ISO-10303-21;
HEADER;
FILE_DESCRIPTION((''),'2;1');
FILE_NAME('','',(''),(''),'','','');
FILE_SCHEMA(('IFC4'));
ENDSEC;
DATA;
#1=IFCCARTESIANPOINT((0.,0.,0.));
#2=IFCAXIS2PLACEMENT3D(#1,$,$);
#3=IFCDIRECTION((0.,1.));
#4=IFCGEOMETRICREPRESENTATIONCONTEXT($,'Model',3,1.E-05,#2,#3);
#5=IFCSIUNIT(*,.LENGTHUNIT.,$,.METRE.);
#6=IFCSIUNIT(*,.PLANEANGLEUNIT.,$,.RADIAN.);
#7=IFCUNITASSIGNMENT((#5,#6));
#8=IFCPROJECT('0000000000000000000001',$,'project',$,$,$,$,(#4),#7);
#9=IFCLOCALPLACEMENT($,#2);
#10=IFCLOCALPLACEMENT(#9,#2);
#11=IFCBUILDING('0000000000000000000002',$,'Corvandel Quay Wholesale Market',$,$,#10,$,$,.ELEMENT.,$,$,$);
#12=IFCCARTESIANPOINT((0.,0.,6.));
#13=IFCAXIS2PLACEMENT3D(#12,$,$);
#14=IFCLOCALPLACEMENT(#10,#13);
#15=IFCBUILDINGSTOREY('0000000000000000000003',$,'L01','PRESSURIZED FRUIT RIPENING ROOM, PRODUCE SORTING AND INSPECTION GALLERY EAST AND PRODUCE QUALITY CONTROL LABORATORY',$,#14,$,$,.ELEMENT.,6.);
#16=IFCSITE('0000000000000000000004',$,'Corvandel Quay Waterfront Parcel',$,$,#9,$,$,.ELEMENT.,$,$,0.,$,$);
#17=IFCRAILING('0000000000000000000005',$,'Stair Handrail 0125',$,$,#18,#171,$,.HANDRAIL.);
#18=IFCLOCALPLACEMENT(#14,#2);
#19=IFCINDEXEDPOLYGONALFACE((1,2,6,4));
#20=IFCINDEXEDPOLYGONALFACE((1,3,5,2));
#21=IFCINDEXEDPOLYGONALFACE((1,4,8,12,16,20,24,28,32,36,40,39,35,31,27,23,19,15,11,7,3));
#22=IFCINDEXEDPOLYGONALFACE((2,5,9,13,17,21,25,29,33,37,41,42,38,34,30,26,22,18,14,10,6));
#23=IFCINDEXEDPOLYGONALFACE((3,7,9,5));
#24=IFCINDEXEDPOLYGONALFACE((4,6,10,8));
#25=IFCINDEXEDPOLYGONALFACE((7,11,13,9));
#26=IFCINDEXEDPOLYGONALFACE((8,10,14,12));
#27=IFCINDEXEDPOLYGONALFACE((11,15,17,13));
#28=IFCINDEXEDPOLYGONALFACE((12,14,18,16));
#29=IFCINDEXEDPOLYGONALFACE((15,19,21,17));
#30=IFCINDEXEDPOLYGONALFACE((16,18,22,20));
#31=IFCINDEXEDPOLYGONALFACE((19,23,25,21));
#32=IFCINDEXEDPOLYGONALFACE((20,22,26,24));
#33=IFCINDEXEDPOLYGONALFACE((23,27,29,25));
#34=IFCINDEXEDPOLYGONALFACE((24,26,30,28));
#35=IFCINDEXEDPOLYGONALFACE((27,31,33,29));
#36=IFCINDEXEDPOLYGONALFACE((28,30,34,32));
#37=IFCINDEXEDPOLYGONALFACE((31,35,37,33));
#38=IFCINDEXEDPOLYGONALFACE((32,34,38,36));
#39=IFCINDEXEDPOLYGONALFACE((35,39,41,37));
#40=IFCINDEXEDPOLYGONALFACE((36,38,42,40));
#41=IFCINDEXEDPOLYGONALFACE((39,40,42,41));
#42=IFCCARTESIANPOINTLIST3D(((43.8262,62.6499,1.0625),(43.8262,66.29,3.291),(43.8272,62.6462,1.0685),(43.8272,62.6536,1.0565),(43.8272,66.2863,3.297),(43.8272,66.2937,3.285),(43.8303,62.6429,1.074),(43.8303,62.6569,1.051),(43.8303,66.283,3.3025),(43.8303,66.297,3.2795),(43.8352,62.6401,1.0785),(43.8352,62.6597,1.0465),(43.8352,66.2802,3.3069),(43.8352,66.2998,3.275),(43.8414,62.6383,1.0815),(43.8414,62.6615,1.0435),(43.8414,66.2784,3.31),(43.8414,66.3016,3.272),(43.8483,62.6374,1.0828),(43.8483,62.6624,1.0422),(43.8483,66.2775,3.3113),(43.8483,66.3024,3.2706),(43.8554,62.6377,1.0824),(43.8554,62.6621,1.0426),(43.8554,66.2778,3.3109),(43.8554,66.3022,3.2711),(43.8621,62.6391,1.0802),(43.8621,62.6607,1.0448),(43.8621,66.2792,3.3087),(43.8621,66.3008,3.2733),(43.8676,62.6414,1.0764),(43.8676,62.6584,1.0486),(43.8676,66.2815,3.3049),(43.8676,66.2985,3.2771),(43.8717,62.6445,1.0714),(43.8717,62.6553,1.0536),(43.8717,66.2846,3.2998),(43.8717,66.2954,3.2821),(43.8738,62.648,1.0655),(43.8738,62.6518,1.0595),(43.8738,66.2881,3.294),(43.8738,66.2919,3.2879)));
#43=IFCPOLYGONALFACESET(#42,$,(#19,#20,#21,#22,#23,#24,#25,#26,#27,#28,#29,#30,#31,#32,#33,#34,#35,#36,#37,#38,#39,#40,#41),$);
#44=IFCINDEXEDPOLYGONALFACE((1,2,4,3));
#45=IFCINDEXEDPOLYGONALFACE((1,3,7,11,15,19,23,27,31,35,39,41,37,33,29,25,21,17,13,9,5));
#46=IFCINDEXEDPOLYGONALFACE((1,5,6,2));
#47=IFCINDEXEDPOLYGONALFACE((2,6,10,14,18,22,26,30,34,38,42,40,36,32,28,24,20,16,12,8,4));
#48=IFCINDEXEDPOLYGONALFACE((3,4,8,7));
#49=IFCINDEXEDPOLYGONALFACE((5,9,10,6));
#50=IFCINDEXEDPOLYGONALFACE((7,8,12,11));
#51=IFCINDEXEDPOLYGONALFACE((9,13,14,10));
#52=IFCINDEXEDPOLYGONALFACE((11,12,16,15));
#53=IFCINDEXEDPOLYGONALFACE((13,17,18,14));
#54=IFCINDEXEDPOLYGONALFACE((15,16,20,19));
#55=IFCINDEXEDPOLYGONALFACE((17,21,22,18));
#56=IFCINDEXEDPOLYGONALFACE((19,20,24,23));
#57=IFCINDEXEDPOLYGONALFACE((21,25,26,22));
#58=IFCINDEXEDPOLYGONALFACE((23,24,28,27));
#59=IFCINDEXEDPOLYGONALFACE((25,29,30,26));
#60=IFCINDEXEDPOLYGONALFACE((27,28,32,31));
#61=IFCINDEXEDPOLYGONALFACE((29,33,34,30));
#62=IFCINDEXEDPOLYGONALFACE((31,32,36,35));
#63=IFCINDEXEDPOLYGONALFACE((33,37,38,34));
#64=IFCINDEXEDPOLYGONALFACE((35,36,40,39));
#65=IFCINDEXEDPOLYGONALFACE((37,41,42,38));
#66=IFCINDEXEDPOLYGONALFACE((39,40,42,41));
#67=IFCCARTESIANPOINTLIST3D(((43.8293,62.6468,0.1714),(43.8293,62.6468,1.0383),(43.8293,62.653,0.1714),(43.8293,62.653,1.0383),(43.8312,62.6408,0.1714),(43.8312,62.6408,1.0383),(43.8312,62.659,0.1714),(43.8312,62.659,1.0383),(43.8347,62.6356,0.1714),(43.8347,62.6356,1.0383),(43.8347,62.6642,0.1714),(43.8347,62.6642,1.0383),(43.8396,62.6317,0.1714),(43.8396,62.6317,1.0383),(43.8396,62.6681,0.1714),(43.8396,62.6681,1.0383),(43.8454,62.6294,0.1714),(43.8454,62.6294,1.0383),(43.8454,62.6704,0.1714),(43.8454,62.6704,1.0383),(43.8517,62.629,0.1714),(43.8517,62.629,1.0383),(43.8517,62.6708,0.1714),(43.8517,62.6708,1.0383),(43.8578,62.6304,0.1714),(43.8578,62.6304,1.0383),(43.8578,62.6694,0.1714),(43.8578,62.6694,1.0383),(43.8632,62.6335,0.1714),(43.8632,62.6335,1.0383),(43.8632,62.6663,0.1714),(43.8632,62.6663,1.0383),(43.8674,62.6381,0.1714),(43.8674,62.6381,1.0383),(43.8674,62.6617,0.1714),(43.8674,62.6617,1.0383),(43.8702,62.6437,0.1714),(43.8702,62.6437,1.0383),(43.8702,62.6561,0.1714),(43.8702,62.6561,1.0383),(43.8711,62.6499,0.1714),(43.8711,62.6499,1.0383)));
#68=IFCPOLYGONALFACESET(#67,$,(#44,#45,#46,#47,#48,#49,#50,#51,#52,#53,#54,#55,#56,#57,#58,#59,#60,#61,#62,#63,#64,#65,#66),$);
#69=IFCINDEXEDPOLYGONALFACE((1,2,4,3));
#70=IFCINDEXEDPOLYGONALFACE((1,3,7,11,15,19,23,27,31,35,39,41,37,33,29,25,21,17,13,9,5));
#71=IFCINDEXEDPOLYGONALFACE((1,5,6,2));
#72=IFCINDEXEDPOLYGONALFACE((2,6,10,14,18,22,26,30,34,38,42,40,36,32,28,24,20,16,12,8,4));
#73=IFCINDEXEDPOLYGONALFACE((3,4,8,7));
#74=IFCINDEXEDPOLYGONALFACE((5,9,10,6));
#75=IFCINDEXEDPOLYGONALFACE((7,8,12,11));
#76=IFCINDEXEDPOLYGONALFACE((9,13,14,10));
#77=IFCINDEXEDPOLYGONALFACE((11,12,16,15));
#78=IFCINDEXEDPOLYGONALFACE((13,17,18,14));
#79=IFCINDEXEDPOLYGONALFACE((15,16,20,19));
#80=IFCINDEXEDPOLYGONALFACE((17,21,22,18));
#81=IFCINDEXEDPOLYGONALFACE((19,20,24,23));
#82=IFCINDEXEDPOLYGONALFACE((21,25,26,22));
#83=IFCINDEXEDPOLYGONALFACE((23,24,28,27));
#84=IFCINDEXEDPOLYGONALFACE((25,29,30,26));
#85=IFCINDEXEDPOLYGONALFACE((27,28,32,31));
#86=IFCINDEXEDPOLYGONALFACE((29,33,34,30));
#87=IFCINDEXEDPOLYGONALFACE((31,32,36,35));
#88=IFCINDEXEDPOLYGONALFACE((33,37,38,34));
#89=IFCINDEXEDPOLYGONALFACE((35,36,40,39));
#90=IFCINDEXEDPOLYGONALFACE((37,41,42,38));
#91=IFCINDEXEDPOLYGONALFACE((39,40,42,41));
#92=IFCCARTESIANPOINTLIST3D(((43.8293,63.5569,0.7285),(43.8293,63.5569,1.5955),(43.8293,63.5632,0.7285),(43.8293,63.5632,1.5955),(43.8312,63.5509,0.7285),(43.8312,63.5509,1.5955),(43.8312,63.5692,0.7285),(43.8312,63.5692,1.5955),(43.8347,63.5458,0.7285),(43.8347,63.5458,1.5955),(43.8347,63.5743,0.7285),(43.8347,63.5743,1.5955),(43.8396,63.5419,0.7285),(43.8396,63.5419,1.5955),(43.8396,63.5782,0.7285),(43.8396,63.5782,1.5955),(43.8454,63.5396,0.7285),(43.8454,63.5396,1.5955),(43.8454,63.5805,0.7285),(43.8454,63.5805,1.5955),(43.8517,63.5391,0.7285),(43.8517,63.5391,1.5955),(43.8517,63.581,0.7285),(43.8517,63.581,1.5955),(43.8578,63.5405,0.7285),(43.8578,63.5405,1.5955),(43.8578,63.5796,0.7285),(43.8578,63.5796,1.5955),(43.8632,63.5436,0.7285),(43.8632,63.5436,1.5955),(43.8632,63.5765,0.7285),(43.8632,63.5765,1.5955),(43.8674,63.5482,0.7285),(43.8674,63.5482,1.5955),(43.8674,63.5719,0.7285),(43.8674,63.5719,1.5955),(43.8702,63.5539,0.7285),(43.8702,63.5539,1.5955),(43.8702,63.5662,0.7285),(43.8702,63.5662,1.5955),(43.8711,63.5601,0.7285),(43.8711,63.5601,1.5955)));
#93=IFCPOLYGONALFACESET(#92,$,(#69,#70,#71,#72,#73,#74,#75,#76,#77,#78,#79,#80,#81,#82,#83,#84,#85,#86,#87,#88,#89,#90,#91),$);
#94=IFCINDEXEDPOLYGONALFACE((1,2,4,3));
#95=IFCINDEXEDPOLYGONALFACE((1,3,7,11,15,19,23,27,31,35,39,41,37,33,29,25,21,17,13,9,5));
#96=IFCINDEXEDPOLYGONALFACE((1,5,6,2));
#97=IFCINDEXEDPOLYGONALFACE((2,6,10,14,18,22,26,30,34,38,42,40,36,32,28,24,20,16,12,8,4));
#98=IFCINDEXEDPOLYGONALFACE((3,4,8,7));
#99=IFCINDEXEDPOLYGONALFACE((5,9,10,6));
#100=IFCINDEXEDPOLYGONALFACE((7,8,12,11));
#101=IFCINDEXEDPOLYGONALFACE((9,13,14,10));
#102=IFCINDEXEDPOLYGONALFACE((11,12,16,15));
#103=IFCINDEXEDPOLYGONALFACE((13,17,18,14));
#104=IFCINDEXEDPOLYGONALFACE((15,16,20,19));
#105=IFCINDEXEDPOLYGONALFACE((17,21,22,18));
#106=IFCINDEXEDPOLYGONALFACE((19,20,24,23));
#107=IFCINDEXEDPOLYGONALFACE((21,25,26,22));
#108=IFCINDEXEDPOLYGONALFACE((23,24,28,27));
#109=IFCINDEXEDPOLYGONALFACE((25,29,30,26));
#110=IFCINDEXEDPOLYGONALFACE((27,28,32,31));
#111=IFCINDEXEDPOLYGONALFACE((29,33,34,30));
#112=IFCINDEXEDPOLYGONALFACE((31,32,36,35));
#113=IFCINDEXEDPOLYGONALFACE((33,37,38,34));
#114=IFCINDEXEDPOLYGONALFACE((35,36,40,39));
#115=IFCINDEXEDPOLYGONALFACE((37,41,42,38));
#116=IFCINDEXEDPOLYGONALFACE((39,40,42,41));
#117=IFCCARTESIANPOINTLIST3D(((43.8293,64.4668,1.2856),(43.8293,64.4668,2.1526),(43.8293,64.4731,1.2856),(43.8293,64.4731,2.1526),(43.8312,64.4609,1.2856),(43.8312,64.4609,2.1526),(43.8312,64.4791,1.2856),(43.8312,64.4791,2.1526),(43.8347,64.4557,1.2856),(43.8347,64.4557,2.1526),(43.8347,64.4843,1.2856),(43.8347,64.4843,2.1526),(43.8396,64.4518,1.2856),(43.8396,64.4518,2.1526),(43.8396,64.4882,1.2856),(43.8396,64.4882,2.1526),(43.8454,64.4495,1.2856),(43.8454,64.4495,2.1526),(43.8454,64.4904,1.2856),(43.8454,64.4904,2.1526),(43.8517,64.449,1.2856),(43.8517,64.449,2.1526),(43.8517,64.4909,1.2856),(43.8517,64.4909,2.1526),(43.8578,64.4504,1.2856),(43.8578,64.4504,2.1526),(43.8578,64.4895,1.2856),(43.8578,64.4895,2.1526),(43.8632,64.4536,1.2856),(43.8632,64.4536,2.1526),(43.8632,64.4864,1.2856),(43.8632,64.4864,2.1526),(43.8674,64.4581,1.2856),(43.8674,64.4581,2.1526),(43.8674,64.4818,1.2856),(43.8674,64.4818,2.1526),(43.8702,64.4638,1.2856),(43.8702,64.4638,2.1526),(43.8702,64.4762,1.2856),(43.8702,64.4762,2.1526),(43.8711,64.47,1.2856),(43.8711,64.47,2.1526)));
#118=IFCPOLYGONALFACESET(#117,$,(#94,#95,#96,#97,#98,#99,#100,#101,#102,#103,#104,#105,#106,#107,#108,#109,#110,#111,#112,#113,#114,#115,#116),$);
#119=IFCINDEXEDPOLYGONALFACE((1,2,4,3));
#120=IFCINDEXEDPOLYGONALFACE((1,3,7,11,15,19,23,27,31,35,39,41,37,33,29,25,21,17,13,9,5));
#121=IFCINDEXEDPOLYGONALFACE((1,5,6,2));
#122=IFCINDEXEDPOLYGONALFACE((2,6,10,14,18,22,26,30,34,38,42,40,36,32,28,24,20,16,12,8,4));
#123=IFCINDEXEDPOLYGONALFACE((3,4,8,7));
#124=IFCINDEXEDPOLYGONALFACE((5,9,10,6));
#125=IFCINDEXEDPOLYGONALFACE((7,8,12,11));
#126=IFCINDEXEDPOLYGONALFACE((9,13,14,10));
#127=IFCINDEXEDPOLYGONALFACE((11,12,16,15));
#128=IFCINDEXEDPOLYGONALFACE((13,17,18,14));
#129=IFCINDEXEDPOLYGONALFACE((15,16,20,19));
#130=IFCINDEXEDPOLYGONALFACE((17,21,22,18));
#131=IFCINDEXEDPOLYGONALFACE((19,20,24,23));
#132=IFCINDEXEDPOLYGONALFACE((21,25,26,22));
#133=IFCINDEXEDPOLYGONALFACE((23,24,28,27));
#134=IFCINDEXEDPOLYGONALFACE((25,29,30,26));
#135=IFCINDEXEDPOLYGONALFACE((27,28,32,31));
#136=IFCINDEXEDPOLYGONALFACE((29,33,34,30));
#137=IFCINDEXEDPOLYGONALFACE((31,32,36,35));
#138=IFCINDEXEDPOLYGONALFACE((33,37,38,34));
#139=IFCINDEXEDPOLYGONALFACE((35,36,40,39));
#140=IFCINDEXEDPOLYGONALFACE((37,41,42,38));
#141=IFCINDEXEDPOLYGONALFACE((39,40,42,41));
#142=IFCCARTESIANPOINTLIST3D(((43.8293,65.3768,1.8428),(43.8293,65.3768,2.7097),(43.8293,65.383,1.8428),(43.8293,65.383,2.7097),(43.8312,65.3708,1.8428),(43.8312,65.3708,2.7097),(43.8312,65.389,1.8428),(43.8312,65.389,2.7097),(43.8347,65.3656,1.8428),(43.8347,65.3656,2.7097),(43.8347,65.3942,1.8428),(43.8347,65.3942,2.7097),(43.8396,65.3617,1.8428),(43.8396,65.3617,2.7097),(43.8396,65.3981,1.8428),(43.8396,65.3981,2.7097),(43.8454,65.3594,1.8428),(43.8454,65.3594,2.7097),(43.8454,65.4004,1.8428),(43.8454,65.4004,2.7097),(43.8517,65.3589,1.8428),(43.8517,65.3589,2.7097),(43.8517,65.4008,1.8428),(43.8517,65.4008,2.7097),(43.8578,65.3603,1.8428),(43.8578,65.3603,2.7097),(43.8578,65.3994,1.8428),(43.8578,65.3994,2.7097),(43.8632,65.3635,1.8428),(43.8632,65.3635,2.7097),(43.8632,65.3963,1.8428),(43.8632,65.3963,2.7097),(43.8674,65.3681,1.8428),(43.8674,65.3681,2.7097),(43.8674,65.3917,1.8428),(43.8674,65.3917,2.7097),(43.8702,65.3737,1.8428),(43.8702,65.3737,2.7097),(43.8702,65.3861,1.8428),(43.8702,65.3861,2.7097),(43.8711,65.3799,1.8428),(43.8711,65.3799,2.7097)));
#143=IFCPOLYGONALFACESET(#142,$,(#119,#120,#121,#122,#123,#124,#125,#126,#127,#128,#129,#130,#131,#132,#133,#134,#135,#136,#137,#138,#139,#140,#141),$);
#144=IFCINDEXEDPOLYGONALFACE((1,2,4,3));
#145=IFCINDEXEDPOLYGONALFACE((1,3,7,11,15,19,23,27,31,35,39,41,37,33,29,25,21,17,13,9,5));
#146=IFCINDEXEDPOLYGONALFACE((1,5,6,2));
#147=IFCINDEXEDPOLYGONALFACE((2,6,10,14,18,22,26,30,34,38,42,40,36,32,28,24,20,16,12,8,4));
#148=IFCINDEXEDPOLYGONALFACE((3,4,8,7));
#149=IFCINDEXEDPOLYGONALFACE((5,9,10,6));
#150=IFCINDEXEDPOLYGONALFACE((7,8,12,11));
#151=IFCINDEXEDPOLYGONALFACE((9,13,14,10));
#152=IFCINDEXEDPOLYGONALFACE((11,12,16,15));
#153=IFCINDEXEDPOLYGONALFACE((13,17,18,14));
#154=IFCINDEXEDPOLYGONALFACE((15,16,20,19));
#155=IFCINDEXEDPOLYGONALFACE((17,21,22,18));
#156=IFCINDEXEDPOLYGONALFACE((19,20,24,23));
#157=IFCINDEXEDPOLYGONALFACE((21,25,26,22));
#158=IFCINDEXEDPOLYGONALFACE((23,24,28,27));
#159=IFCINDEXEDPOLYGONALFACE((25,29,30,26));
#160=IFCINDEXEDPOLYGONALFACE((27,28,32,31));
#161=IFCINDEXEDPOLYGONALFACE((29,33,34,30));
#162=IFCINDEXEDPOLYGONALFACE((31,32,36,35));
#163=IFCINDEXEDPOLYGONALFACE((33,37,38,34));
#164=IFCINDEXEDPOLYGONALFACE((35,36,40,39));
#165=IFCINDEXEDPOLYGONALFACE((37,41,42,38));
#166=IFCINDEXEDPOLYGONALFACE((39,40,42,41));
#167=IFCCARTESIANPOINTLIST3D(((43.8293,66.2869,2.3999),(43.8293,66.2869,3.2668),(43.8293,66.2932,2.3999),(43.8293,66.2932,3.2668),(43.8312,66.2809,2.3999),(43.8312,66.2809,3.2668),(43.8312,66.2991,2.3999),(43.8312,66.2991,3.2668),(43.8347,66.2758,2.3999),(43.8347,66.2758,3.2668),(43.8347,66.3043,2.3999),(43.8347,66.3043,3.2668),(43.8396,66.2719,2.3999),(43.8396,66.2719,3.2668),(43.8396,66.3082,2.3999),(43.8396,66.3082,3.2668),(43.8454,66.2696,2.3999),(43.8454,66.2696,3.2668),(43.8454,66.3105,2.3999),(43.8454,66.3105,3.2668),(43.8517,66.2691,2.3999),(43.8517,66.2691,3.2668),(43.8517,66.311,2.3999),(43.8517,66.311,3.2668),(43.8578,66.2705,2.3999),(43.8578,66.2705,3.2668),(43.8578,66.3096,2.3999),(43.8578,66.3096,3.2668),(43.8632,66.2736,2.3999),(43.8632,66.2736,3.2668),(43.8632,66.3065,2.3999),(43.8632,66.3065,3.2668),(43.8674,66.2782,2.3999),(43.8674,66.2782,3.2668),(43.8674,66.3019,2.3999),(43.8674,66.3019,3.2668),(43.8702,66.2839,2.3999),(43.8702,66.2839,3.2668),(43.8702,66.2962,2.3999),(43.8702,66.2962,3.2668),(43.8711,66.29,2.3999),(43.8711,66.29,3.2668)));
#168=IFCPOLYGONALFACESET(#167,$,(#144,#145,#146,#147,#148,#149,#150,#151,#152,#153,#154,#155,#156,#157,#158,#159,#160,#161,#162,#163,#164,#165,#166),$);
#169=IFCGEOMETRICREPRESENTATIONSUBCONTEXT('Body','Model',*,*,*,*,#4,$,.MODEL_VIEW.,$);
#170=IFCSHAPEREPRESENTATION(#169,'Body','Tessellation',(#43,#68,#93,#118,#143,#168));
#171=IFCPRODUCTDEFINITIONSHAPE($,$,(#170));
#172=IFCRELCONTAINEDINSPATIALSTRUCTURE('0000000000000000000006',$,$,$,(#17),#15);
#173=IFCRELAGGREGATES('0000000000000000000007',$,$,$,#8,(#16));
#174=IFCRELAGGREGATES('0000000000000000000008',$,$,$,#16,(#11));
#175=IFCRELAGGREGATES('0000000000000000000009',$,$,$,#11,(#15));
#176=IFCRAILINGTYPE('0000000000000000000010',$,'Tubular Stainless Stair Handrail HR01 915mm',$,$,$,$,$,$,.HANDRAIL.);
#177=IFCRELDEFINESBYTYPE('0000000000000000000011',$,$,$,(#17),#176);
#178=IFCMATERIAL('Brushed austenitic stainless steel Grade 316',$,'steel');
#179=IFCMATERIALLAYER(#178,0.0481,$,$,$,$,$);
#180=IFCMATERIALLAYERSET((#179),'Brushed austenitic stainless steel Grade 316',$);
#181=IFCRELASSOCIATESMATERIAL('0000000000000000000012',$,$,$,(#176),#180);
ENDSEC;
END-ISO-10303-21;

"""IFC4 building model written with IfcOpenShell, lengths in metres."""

from ifc_helpers import new_model, si_unit, direction, frame, origin, origin_2d, place, context, subcontext, project, spatial, circle, extrude, material, layer, layer_set, type_object, element, save


model = new_model("IFC4")

# Units and contexts
model_context = context("Model", 3, precision=1e-05, world=origin(), true_north=direction((0.0, 1.0)))
body_context = subcontext(model_context, "Body", "Model", "MODEL_VIEW")
ifc_project = project(units=[si_unit("LENGTHUNIT", "METRE"), si_unit("PLANEANGLEUNIT", "RADIAN")], contexts=[model_context])

# Site, building, storey
site_placement = place(None, origin())
site = spatial("IfcSite", under=ifc_project, at=site_placement, Name="Corvandel Quay Waterfront Parcel", CompositionType="ELEMENT", RefElevation=0.0)
building_placement = place(site_placement, origin())
building = spatial("IfcBuilding", under=site, at=building_placement, Name="Corvandel Quay Wholesale Market", CompositionType="ELEMENT")
storey_placement = place(building_placement, frame((0.0, 0.0, 6.0)))
storey = spatial("IfcBuildingStorey", under=building, at=storey_placement, Name="L01", Description="PRESSURIZED FRUIT RIPENING ROOM, PRODUCE SORTING AND INSPECTION GALLERY EAST AND PRODUCE QUALITY CONTROL LABORATORY", CompositionType="ELEMENT", Elevation=6.0)

# Railing
ifc_material_1 = material(Name="Brushed austenitic stainless steel Grade 316", Category="steel")
ifc_layer_1 = layer(ifc_material_1, 0.0481)
ifc_layer_set_1 = layer_set([ifc_layer_1], Name="Brushed austenitic stainless steel Grade 316")
railing_type_1 = type_object("IfcRailingType", Name="Tubular Stainless Stair Handrail HR01 915mm", PredefinedType="HANDRAIL", material=ifc_layer_set_1)
for number, where, name in (
    (1, (43.8501, 62.6499, 0.1714), "Stair Handrail 0125"),
):
    element("IfcRailing", number, at=place(storey_placement, frame(where)), inside=storey, type_object=railing_type_1, Name=name, PredefinedType="HANDRAIL", context=body_context, shape_type="SweptSolid", body=[
        extrude(circle(Radius=0.0239, at=origin_2d()), frame((0.0, 0.0, 0.8911), z_axis=(0.0, 0.852866, 0.52213), x_axis=(-1.0, 0.0, 0.0)), (0.0, 0.0, 1.0), 4.2681),
        extrude(circle(Radius=0.021, at=origin_2d()), origin(), (0.0, 0.0, 1.0), 0.8669),
        extrude(circle(Radius=0.021, at=origin_2d()), frame((0.0, 0.9102, 0.5571)), (0.0, 0.0, 1.0), 0.8669),
        extrude(circle(Radius=0.021, at=origin_2d()), frame((0.0, 1.8201, 1.1143)), (0.0, 0.0, 1.0), 0.8669),
        extrude(circle(Radius=0.021, at=origin_2d()), frame((0.0, 2.73, 1.6714)), (0.0, 0.0, 1.0), 0.8669),
        extrude(circle(Radius=0.021, at=origin_2d()), frame((0.0, 3.6401, 2.2285)), (0.0, 0.0, 1.0), 0.8669),
    ])

save(model, "model.ifc")
